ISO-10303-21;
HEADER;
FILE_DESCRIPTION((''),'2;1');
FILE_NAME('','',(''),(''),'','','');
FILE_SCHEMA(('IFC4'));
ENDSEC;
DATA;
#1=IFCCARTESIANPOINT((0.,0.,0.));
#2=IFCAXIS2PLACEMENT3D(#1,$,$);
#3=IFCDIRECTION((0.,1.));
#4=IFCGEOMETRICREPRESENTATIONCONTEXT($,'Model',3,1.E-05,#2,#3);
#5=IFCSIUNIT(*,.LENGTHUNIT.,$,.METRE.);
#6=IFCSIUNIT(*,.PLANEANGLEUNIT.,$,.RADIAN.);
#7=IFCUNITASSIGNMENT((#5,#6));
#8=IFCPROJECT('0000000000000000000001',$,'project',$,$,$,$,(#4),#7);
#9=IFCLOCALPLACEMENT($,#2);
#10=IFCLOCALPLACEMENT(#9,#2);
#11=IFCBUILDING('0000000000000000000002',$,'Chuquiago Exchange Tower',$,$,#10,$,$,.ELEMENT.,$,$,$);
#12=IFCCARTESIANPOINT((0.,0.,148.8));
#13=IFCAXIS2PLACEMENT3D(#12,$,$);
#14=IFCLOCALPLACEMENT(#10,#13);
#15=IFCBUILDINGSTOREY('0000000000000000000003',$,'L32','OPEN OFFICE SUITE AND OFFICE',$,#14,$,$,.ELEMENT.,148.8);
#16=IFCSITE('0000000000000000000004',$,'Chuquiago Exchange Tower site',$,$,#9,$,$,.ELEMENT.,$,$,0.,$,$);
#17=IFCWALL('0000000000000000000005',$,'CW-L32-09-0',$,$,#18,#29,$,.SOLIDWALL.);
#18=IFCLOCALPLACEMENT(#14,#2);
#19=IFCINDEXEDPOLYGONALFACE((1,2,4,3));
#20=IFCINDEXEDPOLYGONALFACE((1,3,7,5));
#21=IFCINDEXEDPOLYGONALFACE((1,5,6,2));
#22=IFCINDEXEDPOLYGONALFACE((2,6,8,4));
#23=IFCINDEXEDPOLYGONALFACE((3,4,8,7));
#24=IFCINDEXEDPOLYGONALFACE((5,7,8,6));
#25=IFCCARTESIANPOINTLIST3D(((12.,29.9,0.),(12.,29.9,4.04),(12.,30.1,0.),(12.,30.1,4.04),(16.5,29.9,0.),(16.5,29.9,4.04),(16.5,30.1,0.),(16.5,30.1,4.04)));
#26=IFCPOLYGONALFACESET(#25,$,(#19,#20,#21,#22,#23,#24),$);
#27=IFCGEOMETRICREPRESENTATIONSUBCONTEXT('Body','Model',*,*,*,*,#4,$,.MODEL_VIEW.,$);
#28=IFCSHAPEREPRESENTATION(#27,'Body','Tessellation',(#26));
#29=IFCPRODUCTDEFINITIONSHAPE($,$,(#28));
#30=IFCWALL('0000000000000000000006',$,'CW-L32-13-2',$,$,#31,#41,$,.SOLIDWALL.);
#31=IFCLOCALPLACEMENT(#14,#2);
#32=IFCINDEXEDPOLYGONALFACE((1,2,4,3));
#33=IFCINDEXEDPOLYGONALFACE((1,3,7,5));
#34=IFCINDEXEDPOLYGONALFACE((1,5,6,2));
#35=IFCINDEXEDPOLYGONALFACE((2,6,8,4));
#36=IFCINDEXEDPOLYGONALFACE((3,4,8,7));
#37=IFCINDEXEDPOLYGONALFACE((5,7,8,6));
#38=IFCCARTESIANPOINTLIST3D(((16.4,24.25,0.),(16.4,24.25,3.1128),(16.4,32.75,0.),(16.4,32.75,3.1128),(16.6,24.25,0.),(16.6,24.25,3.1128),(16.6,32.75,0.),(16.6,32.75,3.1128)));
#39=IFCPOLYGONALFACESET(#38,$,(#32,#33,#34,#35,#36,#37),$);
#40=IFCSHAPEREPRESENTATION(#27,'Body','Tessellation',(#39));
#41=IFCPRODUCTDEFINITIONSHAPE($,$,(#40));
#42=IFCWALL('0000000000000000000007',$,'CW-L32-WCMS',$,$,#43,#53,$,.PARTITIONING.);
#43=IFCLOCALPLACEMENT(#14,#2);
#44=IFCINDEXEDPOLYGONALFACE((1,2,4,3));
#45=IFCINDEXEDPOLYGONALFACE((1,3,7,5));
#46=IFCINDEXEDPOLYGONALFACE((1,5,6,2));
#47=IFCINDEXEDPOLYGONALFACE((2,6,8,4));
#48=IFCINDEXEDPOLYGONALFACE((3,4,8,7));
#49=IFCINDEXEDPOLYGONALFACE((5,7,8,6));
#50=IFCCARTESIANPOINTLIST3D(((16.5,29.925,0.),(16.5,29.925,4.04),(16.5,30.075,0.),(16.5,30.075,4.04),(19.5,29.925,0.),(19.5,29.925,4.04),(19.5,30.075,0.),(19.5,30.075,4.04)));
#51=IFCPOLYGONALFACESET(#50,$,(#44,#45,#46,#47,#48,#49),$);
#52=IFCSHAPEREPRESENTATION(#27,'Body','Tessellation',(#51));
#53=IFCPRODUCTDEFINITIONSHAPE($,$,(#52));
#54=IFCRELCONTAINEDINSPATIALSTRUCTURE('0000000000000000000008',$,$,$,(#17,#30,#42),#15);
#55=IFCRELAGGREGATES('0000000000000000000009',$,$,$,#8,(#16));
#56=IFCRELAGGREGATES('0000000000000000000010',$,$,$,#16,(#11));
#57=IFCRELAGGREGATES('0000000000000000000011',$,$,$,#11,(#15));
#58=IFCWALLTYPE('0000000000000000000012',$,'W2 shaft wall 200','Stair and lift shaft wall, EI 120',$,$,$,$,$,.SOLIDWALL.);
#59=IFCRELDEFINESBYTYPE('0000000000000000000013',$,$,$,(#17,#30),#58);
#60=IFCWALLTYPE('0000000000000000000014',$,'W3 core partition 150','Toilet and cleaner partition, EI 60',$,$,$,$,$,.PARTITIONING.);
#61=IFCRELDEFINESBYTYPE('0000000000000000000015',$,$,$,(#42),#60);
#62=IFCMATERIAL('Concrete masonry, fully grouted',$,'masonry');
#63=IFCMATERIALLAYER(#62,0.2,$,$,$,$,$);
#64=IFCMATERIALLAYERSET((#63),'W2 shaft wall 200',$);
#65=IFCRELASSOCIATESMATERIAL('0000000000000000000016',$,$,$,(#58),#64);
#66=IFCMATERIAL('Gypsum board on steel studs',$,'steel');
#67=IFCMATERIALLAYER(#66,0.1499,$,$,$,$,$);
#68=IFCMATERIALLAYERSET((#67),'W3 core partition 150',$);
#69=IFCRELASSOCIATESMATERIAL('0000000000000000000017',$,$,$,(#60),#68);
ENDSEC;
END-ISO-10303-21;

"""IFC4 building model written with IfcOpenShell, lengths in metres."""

from ifc_helpers import new_model, si_unit, direction, frame, frame_2d, origin, place, context, subcontext, project, spatial, rectangle, extrude, material, layer, layer_set, type_object, element, save


model = new_model("IFC4")

# Units and contexts
model_context = context("Model", 3, precision=1e-05, world=origin(), true_north=direction((0.0, 1.0)))
body_context = subcontext(model_context, "Body", "Model", "MODEL_VIEW")
ifc_project = project(units=[si_unit("LENGTHUNIT", "METRE"), si_unit("PLANEANGLEUNIT", "RADIAN")], contexts=[model_context])

# Site, building, storey
site_placement = place(None, origin())
site = spatial("IfcSite", under=ifc_project, at=site_placement, Name="Chuquiago Exchange Tower site", CompositionType="ELEMENT", RefElevation=0.0)
building_placement = place(site_placement, origin())
building = spatial("IfcBuilding", under=site, at=building_placement, Name="Chuquiago Exchange Tower", CompositionType="ELEMENT")
storey_placement = place(building_placement, frame((0.0, 0.0, 148.8)))
storey = spatial("IfcBuildingStorey", under=building, at=storey_placement, Name="L32", Description="OPEN OFFICE SUITE AND OFFICE", CompositionType="ELEMENT", Elevation=148.8)

# Shared definitions
ifc_material_1 = material(Name="Concrete masonry, fully grouted", Category="masonry")
ifc_layer_1 = layer(ifc_material_1, 0.2)
ifc_layer_set_1 = layer_set([ifc_layer_1], Name="W2 shaft wall 200")
wall_type_1 = type_object("IfcWallType", Name="W2 shaft wall 200", Description="Stair and lift shaft wall, EI 120", PredefinedType="SOLIDWALL", material=ifc_layer_set_1)

# Walls
wall_1_placement = place(storey_placement, frame((12.0, 30.0, 0.0), z_axis=(0.0, 0.0, 1.0), x_axis=(1.0, 0.0, 0.0)))
element("IfcWall", 1, at=wall_1_placement, inside=storey, type_object=wall_type_1, Name="CW-L32-09-0", PredefinedType="SOLIDWALL", context=body_context, shape_type="SweptSolid", body=[
    extrude(rectangle(XDim=4.5, YDim=0.2, at=frame_2d((2.25, 0.0))), origin(), (0.0, 0.0, 1.0), 4.04),
])
wall_2_placement = place(storey_placement, frame((16.5, 24.25, 0.0), z_axis=(0.0, 0.0, 1.0), x_axis=(0.0, 1.0, 0.0)))
element("IfcWall", 2, at=wall_2_placement, inside=storey, type_object=wall_type_1, Name="CW-L32-13-2", PredefinedType="SOLIDWALL", context=body_context, shape_type="SweptSolid", body=[
    extrude(rectangle(XDim=8.5, YDim=0.2, at=frame_2d((4.25, 0.0))), origin(), (0.0, 0.0, 1.0), 3.1128),
])
ifc_material_2 = material(Name="Gypsum board on steel studs", Category="steel")
ifc_layer_2 = layer(ifc_material_2, 0.1499)
ifc_layer_set_2 = layer_set([ifc_layer_2], Name="W3 core partition 150")
wall_type_2 = type_object("IfcWallType", Name="W3 core partition 150", Description="Toilet and cleaner partition, EI 60", PredefinedType="PARTITIONING", material=ifc_layer_set_2)
wall_3_placement = place(storey_placement, frame((16.5, 30.0, 0.0), z_axis=(0.0, 0.0, 1.0), x_axis=(1.0, 0.0, 0.0)))
element("IfcWall", 3, at=wall_3_placement, inside=storey, type_object=wall_type_2, Name="CW-L32-WCMS", PredefinedType="PARTITIONING", context=body_context, shape_type="SweptSolid", body=[
    extrude(rectangle(XDim=3.0, YDim=0.1499, at=frame_2d((1.5, 0.0))), origin(), (0.0, 0.0, 1.0), 4.04),
])

save(model, "model.ifc")
